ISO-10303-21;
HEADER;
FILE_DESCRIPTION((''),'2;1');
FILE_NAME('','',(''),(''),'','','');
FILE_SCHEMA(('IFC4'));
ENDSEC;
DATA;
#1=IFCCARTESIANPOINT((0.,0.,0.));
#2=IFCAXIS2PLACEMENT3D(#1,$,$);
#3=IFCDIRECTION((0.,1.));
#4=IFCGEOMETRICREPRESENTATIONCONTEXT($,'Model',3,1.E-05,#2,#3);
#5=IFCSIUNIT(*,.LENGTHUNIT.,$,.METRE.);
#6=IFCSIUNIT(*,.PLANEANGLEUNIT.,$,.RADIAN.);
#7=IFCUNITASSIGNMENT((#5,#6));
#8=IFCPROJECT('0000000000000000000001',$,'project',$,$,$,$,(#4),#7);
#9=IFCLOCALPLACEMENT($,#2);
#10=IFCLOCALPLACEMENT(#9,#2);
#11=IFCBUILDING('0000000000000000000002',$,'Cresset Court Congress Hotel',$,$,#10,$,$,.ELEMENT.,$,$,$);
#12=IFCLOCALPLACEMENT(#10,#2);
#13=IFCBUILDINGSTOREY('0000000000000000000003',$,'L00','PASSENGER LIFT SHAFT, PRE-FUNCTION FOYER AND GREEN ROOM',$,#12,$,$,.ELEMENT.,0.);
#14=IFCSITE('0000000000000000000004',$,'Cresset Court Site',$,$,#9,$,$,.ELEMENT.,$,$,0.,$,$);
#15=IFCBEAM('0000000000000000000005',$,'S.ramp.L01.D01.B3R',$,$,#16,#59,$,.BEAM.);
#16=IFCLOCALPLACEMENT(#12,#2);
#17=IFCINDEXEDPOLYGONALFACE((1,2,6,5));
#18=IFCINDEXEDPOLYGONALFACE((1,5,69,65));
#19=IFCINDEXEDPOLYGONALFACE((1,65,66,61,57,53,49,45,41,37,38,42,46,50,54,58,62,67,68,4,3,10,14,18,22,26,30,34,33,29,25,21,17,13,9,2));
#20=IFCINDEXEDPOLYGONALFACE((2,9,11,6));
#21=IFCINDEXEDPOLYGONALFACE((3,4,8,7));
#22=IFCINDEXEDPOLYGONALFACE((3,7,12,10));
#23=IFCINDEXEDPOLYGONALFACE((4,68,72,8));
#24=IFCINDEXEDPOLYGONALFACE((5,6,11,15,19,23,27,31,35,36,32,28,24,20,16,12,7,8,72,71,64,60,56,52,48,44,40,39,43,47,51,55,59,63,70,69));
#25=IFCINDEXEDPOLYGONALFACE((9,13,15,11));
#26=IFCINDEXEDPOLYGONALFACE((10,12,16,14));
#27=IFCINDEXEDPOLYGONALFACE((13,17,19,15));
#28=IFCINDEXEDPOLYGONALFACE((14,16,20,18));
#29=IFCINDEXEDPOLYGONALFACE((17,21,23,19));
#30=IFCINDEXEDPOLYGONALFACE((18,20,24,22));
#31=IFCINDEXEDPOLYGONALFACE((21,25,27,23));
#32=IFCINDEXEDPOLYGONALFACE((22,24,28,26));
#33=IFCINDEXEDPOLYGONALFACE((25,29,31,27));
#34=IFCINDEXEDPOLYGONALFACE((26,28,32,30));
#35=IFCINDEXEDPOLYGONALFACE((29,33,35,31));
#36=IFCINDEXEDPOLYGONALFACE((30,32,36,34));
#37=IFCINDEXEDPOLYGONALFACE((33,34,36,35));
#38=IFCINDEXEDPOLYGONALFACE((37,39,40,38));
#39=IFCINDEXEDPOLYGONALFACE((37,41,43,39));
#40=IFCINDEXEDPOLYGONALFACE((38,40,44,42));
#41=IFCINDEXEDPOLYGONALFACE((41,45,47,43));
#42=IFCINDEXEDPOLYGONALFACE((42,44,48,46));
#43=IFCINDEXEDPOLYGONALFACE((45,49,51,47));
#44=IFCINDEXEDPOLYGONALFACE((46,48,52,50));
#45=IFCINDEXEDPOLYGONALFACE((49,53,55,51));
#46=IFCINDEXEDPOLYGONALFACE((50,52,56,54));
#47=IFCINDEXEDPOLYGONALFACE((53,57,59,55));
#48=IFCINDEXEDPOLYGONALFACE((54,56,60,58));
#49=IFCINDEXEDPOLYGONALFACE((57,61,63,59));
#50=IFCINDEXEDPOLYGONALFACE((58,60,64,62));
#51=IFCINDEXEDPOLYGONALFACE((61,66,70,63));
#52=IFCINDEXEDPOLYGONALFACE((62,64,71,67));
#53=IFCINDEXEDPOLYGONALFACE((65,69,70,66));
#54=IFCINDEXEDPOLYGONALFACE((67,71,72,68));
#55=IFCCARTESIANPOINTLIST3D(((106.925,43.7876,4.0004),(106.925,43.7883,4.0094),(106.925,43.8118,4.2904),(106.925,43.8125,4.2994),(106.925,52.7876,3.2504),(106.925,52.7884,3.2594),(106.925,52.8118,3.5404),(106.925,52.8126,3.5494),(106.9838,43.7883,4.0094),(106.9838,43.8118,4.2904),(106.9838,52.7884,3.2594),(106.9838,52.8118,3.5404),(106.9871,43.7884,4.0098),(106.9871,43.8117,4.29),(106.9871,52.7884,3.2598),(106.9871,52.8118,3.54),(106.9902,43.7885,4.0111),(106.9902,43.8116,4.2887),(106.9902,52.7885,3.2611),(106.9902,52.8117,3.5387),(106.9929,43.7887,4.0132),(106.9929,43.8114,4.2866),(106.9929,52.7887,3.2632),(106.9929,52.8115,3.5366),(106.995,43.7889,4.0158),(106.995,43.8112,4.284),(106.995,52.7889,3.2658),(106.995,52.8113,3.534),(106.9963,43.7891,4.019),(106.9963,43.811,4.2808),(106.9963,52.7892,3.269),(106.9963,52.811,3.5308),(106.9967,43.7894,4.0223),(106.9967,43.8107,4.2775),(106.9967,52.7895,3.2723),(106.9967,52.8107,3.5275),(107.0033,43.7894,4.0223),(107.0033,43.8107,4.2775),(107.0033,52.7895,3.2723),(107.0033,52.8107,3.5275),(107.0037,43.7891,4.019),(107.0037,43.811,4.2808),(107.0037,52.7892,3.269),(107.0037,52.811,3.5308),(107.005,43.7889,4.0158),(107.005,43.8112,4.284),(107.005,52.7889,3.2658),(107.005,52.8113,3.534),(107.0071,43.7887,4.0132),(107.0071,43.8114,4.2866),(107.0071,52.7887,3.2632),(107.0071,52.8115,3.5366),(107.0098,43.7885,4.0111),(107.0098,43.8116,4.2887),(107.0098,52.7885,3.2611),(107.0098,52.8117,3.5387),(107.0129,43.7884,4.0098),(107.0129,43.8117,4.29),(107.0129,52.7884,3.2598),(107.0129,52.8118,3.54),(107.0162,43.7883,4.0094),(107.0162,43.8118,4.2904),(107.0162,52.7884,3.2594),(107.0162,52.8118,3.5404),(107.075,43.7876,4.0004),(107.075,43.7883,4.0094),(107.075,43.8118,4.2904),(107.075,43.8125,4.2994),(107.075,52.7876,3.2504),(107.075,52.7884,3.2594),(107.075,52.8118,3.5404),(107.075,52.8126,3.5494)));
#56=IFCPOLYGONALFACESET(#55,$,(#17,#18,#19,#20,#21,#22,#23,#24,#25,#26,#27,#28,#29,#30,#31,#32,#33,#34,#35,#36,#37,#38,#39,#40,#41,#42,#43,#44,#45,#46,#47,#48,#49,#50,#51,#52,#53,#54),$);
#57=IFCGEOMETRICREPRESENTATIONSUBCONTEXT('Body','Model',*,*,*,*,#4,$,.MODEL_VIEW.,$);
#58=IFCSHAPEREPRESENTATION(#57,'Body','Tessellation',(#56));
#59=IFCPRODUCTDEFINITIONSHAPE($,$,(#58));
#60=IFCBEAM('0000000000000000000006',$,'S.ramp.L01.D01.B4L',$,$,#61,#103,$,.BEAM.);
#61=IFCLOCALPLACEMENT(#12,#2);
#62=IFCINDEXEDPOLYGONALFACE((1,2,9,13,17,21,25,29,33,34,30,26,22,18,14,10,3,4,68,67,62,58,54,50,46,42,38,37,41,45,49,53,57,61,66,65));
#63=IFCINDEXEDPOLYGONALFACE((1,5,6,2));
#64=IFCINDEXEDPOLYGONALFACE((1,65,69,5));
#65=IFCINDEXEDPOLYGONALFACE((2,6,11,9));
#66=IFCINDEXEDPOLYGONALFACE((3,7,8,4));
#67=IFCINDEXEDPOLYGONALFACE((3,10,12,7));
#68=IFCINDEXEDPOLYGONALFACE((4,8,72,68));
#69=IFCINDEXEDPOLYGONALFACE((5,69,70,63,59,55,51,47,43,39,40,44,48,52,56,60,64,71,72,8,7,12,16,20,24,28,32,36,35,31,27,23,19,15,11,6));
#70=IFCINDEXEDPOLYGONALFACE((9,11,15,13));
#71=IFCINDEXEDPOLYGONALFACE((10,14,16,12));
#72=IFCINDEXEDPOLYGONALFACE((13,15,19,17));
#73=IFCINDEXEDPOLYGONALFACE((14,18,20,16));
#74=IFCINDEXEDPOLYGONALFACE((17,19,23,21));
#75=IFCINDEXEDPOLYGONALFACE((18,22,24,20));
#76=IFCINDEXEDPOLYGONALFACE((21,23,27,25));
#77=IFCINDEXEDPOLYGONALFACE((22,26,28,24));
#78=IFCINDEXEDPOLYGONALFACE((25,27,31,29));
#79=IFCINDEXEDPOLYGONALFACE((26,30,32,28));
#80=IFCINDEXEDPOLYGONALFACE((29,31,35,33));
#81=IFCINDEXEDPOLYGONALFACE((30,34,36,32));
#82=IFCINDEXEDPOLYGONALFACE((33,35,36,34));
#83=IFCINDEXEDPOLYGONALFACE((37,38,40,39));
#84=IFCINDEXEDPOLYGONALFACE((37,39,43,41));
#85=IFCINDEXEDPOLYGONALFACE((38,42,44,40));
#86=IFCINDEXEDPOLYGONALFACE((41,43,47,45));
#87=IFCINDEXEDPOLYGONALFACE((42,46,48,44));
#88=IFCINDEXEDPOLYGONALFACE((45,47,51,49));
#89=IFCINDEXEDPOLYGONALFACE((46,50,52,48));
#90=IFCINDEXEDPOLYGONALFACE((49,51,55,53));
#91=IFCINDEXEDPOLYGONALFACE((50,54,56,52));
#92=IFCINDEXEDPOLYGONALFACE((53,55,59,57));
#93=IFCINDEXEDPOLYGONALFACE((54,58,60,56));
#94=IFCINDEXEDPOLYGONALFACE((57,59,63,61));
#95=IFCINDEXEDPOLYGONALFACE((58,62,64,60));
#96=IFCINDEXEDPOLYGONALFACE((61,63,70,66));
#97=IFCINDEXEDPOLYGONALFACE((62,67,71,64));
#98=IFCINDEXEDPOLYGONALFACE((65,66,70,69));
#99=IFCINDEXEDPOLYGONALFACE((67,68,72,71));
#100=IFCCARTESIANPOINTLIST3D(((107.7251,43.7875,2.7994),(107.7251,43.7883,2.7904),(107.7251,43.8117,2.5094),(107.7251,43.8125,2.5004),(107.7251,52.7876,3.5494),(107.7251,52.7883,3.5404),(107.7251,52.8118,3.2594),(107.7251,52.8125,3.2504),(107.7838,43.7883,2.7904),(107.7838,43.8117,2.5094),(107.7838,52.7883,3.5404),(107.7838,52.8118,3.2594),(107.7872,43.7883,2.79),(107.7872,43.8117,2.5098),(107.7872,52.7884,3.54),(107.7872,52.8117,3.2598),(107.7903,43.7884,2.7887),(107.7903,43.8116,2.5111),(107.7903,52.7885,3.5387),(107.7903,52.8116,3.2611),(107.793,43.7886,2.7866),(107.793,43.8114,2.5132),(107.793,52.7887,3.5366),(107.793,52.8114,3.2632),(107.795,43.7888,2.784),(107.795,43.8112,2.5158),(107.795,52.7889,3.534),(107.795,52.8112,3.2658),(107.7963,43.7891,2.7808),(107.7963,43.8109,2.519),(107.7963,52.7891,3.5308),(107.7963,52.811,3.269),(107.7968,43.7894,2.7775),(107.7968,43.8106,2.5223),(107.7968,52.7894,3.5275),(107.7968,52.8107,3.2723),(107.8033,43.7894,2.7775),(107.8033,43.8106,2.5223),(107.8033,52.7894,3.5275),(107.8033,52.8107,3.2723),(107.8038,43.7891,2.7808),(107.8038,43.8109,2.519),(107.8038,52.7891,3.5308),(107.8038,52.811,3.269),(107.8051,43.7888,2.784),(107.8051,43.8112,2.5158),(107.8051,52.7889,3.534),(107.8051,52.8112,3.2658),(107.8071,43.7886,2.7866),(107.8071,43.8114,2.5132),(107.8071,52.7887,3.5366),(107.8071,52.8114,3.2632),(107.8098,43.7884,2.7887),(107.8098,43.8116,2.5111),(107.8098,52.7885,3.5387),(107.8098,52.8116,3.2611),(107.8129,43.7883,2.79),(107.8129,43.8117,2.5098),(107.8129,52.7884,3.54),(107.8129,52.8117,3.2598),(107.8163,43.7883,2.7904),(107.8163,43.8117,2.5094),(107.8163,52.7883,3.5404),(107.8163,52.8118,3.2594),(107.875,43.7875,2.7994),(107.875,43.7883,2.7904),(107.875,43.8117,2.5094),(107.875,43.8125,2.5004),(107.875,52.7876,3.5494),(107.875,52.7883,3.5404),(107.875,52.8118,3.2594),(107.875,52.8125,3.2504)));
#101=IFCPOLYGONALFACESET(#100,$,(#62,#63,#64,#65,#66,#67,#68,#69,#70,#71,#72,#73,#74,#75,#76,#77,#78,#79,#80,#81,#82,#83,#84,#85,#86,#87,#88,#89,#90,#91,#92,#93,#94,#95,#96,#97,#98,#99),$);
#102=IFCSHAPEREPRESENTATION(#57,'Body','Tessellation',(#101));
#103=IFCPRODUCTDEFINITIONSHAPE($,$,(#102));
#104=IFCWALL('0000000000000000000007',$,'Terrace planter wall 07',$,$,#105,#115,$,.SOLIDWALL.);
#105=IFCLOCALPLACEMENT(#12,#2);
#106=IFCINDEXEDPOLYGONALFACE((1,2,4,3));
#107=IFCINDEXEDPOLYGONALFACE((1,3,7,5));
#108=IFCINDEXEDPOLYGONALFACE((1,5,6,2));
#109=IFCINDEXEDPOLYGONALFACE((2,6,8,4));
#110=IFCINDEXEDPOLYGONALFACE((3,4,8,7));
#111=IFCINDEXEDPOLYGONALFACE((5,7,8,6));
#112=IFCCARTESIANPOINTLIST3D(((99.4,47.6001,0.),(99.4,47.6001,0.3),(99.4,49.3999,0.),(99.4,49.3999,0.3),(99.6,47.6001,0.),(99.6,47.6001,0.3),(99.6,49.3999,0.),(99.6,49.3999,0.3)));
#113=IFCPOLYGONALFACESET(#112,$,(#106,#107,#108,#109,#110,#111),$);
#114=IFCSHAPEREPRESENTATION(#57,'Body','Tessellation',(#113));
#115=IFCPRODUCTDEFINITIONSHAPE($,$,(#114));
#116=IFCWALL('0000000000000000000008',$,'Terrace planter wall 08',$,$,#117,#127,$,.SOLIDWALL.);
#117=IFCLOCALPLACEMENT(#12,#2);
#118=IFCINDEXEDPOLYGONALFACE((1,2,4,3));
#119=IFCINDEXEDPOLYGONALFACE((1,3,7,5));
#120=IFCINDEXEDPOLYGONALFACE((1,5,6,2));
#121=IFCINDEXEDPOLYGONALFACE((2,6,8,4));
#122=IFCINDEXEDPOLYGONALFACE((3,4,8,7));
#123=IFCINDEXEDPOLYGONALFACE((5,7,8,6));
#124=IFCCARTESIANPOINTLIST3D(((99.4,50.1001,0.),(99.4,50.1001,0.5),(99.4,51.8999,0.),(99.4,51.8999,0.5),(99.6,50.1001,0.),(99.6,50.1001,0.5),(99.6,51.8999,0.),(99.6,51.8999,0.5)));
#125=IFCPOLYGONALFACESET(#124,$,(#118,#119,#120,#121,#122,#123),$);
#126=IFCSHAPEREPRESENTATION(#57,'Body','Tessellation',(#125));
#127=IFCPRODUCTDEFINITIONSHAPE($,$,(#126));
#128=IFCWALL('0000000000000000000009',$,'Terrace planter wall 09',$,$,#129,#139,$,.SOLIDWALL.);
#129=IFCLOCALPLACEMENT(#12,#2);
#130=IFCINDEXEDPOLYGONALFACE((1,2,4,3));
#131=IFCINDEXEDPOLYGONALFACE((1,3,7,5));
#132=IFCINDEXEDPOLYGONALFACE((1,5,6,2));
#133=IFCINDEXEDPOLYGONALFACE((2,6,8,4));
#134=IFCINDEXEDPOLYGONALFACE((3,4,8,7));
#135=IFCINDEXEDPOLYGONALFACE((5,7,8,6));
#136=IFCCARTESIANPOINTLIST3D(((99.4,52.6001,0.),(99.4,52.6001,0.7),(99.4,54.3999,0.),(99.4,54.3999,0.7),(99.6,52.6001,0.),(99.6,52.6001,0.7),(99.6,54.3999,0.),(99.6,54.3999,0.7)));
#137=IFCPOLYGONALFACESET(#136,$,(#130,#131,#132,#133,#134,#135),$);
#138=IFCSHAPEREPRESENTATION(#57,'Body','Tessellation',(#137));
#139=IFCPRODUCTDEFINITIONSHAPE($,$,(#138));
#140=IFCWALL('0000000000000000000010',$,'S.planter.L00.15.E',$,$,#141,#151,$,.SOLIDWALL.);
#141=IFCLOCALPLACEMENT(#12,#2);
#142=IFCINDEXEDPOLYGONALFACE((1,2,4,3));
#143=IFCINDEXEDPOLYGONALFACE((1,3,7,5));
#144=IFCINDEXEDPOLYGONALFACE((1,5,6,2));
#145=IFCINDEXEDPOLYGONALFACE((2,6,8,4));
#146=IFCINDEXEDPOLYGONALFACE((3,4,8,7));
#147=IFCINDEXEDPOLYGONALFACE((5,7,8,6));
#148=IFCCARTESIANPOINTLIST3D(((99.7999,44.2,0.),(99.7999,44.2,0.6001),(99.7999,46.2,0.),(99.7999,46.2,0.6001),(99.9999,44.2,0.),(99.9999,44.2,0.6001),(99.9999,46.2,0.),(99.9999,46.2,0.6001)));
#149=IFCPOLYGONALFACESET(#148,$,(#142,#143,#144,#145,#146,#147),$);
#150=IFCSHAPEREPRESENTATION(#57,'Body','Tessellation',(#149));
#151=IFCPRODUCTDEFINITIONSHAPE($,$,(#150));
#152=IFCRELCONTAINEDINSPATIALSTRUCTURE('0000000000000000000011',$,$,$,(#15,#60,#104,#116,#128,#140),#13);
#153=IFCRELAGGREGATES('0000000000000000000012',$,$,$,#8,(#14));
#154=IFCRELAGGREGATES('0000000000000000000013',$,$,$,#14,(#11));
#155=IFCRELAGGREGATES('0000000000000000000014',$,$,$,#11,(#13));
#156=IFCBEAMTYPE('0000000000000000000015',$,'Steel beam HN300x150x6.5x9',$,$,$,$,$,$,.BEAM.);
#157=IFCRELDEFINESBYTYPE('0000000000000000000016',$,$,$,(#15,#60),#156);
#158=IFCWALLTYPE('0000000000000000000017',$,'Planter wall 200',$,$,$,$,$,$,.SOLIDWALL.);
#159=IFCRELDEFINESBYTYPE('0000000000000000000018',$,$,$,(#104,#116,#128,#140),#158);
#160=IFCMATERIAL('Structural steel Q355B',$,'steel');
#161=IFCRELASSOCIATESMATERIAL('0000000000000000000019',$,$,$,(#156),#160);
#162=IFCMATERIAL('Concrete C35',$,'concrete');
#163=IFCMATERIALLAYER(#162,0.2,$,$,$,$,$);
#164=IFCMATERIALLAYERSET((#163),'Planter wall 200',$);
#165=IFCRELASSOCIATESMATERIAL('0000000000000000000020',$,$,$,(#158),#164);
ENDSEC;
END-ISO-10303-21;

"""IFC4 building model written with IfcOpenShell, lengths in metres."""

from ifc_helpers import new_model, si_unit, direction, frame, frame_2d, origin, origin_2d, place, context, subcontext, project, spatial, rectangle, i_section, extrude, material, layer, layer_set, material_profile, profile_set, type_object, element, save


model = new_model("IFC4")

# Units and contexts
model_context = context("Model", 3, precision=1e-05, world=origin(), true_north=direction((0.0, 1.0)))
body_context = subcontext(model_context, "Body", "Model", "MODEL_VIEW")
ifc_project = project(units=[si_unit("LENGTHUNIT", "METRE"), si_unit("PLANEANGLEUNIT", "RADIAN")], contexts=[model_context])

# Site, building, storey
site_placement = place(None, origin())
site = spatial("IfcSite", under=ifc_project, at=site_placement, Name="Cresset Court Site", CompositionType="ELEMENT", RefElevation=0.0)
building_placement = place(site_placement, origin())
building = spatial("IfcBuilding", under=site, at=building_placement, Name="Cresset Court Congress Hotel", CompositionType="ELEMENT")
storey_placement = place(building_placement, origin())
storey = spatial("IfcBuildingStorey", under=building, at=storey_placement, Name="L00", Description="PASSENGER LIFT SHAFT, PRE-FUNCTION FOYER AND GREEN ROOM", CompositionType="ELEMENT", Elevation=0.0)

# Beams
ifc_material_1 = material(Name="Structural steel Q355B", Category="steel")
ifc_material_profile_1 = material_profile(ifc_material_1, i_section(OverallWidth=0.1499, OverallDepth=0.3, WebThickness=0.0066, FlangeThickness=0.009, FilletRadius=0.0129, at=origin_2d()), Name="HN300x150x6.5x9")
ifc_profile_set_1 = profile_set([ifc_material_profile_1], Name="Structural steel Q355B")
beam_type = type_object("IfcBeamType", Name="Steel beam HN300x150x6.5x9", PredefinedType="BEAM", material=ifc_profile_set_1)
for number, where, z_axis, x_axis, name in (
    (1, (107.0, 43.8, 4.1499), (0.0, 0.996546, -0.083045), (-1.0, 0.0, 0.0), "S.ramp.L01.D01.B3R"),
    (2, (107.8, 52.8, 3.3999), (0.0, -0.996546, -0.083045), (1.0, 0.0, 0.0), "S.ramp.L01.D01.B4L"),
):
    element("IfcBeam", number, at=place(storey_placement, frame(where, z_axis=z_axis, x_axis=x_axis)), inside=storey, type_object=beam_type, Name=name, PredefinedType="BEAM", context=body_context, shape_type="SweptSolid", body=[
        extrude(i_section(OverallWidth=0.1499, OverallDepth=0.3, WebThickness=0.0066, FlangeThickness=0.009, FilletRadius=0.0129, at=origin_2d()), origin(), (0.0, 0.0, 1.0), 9.0312),
    ])

# Walls
ifc_material_2 = material(Name="Concrete C35", Category="concrete")
ifc_layer = layer(ifc_material_2, 0.2)
ifc_layer_set = layer_set([ifc_layer], Name="Planter wall 200")
wall_type = type_object("IfcWallType", Name="Planter wall 200", PredefinedType="SOLIDWALL", material=ifc_layer_set)
wall_1_placement = place(storey_placement, frame((99.5, 47.6001, 0.0), z_axis=(0.0, 0.0, 1.0), x_axis=(0.0, 1.0, 0.0)))
element("IfcWall", 3, at=wall_1_placement, inside=storey, type_object=wall_type, Name="Terrace planter wall 07", PredefinedType="SOLIDWALL", context=body_context, shape_type="SweptSolid", body=[
    extrude(rectangle(XDim=1.7998, YDim=0.2, at=frame_2d((0.8999, 0.0))), origin(), (0.0, 0.0, 1.0), 0.3),
])
wall_2_placement = place(storey_placement, frame((99.5, 50.1001, 0.0), z_axis=(0.0, 0.0, 1.0), x_axis=(0.0, 1.0, 0.0)))
element("IfcWall", 4, at=wall_2_placement, inside=storey, type_object=wall_type, Name="Terrace planter wall 08", PredefinedType="SOLIDWALL", context=body_context, shape_type="SweptSolid", body=[
    extrude(rectangle(XDim=1.7998, YDim=0.2, at=frame_2d((0.8999, 0.0))), origin(), (0.0, 0.0, 1.0), 0.5),
])
wall_3_placement = place(storey_placement, frame((99.5, 52.6001, 0.0), z_axis=(0.0, 0.0, 1.0), x_axis=(0.0, 1.0, 0.0)))
element("IfcWall", 5, at=wall_3_placement, inside=storey, type_object=wall_type, Name="Terrace planter wall 09", PredefinedType="SOLIDWALL", context=body_context, shape_type="SweptSolid", body=[
    extrude(rectangle(XDim=1.7998, YDim=0.2, at=frame_2d((0.8999, 0.0))), origin(), (0.0, 0.0, 1.0), 0.7),
])
wall_4_placement = place(storey_placement, frame((99.8999, 44.2, 0.0), z_axis=(0.0, 0.0, 1.0), x_axis=(0.0, 1.0, 0.0)))
element("IfcWall", 6, at=wall_4_placement, inside=storey, type_object=wall_type, Name="S.planter.L00.15.E", PredefinedType="SOLIDWALL", context=body_context, shape_type="SweptSolid", body=[
    extrude(rectangle(XDim=2.0, YDim=0.2, at=frame_2d((1.0, 0.0))), origin(), (0.0, 0.0, 1.0), 0.6001),
])

save(model, "model.ifc")
